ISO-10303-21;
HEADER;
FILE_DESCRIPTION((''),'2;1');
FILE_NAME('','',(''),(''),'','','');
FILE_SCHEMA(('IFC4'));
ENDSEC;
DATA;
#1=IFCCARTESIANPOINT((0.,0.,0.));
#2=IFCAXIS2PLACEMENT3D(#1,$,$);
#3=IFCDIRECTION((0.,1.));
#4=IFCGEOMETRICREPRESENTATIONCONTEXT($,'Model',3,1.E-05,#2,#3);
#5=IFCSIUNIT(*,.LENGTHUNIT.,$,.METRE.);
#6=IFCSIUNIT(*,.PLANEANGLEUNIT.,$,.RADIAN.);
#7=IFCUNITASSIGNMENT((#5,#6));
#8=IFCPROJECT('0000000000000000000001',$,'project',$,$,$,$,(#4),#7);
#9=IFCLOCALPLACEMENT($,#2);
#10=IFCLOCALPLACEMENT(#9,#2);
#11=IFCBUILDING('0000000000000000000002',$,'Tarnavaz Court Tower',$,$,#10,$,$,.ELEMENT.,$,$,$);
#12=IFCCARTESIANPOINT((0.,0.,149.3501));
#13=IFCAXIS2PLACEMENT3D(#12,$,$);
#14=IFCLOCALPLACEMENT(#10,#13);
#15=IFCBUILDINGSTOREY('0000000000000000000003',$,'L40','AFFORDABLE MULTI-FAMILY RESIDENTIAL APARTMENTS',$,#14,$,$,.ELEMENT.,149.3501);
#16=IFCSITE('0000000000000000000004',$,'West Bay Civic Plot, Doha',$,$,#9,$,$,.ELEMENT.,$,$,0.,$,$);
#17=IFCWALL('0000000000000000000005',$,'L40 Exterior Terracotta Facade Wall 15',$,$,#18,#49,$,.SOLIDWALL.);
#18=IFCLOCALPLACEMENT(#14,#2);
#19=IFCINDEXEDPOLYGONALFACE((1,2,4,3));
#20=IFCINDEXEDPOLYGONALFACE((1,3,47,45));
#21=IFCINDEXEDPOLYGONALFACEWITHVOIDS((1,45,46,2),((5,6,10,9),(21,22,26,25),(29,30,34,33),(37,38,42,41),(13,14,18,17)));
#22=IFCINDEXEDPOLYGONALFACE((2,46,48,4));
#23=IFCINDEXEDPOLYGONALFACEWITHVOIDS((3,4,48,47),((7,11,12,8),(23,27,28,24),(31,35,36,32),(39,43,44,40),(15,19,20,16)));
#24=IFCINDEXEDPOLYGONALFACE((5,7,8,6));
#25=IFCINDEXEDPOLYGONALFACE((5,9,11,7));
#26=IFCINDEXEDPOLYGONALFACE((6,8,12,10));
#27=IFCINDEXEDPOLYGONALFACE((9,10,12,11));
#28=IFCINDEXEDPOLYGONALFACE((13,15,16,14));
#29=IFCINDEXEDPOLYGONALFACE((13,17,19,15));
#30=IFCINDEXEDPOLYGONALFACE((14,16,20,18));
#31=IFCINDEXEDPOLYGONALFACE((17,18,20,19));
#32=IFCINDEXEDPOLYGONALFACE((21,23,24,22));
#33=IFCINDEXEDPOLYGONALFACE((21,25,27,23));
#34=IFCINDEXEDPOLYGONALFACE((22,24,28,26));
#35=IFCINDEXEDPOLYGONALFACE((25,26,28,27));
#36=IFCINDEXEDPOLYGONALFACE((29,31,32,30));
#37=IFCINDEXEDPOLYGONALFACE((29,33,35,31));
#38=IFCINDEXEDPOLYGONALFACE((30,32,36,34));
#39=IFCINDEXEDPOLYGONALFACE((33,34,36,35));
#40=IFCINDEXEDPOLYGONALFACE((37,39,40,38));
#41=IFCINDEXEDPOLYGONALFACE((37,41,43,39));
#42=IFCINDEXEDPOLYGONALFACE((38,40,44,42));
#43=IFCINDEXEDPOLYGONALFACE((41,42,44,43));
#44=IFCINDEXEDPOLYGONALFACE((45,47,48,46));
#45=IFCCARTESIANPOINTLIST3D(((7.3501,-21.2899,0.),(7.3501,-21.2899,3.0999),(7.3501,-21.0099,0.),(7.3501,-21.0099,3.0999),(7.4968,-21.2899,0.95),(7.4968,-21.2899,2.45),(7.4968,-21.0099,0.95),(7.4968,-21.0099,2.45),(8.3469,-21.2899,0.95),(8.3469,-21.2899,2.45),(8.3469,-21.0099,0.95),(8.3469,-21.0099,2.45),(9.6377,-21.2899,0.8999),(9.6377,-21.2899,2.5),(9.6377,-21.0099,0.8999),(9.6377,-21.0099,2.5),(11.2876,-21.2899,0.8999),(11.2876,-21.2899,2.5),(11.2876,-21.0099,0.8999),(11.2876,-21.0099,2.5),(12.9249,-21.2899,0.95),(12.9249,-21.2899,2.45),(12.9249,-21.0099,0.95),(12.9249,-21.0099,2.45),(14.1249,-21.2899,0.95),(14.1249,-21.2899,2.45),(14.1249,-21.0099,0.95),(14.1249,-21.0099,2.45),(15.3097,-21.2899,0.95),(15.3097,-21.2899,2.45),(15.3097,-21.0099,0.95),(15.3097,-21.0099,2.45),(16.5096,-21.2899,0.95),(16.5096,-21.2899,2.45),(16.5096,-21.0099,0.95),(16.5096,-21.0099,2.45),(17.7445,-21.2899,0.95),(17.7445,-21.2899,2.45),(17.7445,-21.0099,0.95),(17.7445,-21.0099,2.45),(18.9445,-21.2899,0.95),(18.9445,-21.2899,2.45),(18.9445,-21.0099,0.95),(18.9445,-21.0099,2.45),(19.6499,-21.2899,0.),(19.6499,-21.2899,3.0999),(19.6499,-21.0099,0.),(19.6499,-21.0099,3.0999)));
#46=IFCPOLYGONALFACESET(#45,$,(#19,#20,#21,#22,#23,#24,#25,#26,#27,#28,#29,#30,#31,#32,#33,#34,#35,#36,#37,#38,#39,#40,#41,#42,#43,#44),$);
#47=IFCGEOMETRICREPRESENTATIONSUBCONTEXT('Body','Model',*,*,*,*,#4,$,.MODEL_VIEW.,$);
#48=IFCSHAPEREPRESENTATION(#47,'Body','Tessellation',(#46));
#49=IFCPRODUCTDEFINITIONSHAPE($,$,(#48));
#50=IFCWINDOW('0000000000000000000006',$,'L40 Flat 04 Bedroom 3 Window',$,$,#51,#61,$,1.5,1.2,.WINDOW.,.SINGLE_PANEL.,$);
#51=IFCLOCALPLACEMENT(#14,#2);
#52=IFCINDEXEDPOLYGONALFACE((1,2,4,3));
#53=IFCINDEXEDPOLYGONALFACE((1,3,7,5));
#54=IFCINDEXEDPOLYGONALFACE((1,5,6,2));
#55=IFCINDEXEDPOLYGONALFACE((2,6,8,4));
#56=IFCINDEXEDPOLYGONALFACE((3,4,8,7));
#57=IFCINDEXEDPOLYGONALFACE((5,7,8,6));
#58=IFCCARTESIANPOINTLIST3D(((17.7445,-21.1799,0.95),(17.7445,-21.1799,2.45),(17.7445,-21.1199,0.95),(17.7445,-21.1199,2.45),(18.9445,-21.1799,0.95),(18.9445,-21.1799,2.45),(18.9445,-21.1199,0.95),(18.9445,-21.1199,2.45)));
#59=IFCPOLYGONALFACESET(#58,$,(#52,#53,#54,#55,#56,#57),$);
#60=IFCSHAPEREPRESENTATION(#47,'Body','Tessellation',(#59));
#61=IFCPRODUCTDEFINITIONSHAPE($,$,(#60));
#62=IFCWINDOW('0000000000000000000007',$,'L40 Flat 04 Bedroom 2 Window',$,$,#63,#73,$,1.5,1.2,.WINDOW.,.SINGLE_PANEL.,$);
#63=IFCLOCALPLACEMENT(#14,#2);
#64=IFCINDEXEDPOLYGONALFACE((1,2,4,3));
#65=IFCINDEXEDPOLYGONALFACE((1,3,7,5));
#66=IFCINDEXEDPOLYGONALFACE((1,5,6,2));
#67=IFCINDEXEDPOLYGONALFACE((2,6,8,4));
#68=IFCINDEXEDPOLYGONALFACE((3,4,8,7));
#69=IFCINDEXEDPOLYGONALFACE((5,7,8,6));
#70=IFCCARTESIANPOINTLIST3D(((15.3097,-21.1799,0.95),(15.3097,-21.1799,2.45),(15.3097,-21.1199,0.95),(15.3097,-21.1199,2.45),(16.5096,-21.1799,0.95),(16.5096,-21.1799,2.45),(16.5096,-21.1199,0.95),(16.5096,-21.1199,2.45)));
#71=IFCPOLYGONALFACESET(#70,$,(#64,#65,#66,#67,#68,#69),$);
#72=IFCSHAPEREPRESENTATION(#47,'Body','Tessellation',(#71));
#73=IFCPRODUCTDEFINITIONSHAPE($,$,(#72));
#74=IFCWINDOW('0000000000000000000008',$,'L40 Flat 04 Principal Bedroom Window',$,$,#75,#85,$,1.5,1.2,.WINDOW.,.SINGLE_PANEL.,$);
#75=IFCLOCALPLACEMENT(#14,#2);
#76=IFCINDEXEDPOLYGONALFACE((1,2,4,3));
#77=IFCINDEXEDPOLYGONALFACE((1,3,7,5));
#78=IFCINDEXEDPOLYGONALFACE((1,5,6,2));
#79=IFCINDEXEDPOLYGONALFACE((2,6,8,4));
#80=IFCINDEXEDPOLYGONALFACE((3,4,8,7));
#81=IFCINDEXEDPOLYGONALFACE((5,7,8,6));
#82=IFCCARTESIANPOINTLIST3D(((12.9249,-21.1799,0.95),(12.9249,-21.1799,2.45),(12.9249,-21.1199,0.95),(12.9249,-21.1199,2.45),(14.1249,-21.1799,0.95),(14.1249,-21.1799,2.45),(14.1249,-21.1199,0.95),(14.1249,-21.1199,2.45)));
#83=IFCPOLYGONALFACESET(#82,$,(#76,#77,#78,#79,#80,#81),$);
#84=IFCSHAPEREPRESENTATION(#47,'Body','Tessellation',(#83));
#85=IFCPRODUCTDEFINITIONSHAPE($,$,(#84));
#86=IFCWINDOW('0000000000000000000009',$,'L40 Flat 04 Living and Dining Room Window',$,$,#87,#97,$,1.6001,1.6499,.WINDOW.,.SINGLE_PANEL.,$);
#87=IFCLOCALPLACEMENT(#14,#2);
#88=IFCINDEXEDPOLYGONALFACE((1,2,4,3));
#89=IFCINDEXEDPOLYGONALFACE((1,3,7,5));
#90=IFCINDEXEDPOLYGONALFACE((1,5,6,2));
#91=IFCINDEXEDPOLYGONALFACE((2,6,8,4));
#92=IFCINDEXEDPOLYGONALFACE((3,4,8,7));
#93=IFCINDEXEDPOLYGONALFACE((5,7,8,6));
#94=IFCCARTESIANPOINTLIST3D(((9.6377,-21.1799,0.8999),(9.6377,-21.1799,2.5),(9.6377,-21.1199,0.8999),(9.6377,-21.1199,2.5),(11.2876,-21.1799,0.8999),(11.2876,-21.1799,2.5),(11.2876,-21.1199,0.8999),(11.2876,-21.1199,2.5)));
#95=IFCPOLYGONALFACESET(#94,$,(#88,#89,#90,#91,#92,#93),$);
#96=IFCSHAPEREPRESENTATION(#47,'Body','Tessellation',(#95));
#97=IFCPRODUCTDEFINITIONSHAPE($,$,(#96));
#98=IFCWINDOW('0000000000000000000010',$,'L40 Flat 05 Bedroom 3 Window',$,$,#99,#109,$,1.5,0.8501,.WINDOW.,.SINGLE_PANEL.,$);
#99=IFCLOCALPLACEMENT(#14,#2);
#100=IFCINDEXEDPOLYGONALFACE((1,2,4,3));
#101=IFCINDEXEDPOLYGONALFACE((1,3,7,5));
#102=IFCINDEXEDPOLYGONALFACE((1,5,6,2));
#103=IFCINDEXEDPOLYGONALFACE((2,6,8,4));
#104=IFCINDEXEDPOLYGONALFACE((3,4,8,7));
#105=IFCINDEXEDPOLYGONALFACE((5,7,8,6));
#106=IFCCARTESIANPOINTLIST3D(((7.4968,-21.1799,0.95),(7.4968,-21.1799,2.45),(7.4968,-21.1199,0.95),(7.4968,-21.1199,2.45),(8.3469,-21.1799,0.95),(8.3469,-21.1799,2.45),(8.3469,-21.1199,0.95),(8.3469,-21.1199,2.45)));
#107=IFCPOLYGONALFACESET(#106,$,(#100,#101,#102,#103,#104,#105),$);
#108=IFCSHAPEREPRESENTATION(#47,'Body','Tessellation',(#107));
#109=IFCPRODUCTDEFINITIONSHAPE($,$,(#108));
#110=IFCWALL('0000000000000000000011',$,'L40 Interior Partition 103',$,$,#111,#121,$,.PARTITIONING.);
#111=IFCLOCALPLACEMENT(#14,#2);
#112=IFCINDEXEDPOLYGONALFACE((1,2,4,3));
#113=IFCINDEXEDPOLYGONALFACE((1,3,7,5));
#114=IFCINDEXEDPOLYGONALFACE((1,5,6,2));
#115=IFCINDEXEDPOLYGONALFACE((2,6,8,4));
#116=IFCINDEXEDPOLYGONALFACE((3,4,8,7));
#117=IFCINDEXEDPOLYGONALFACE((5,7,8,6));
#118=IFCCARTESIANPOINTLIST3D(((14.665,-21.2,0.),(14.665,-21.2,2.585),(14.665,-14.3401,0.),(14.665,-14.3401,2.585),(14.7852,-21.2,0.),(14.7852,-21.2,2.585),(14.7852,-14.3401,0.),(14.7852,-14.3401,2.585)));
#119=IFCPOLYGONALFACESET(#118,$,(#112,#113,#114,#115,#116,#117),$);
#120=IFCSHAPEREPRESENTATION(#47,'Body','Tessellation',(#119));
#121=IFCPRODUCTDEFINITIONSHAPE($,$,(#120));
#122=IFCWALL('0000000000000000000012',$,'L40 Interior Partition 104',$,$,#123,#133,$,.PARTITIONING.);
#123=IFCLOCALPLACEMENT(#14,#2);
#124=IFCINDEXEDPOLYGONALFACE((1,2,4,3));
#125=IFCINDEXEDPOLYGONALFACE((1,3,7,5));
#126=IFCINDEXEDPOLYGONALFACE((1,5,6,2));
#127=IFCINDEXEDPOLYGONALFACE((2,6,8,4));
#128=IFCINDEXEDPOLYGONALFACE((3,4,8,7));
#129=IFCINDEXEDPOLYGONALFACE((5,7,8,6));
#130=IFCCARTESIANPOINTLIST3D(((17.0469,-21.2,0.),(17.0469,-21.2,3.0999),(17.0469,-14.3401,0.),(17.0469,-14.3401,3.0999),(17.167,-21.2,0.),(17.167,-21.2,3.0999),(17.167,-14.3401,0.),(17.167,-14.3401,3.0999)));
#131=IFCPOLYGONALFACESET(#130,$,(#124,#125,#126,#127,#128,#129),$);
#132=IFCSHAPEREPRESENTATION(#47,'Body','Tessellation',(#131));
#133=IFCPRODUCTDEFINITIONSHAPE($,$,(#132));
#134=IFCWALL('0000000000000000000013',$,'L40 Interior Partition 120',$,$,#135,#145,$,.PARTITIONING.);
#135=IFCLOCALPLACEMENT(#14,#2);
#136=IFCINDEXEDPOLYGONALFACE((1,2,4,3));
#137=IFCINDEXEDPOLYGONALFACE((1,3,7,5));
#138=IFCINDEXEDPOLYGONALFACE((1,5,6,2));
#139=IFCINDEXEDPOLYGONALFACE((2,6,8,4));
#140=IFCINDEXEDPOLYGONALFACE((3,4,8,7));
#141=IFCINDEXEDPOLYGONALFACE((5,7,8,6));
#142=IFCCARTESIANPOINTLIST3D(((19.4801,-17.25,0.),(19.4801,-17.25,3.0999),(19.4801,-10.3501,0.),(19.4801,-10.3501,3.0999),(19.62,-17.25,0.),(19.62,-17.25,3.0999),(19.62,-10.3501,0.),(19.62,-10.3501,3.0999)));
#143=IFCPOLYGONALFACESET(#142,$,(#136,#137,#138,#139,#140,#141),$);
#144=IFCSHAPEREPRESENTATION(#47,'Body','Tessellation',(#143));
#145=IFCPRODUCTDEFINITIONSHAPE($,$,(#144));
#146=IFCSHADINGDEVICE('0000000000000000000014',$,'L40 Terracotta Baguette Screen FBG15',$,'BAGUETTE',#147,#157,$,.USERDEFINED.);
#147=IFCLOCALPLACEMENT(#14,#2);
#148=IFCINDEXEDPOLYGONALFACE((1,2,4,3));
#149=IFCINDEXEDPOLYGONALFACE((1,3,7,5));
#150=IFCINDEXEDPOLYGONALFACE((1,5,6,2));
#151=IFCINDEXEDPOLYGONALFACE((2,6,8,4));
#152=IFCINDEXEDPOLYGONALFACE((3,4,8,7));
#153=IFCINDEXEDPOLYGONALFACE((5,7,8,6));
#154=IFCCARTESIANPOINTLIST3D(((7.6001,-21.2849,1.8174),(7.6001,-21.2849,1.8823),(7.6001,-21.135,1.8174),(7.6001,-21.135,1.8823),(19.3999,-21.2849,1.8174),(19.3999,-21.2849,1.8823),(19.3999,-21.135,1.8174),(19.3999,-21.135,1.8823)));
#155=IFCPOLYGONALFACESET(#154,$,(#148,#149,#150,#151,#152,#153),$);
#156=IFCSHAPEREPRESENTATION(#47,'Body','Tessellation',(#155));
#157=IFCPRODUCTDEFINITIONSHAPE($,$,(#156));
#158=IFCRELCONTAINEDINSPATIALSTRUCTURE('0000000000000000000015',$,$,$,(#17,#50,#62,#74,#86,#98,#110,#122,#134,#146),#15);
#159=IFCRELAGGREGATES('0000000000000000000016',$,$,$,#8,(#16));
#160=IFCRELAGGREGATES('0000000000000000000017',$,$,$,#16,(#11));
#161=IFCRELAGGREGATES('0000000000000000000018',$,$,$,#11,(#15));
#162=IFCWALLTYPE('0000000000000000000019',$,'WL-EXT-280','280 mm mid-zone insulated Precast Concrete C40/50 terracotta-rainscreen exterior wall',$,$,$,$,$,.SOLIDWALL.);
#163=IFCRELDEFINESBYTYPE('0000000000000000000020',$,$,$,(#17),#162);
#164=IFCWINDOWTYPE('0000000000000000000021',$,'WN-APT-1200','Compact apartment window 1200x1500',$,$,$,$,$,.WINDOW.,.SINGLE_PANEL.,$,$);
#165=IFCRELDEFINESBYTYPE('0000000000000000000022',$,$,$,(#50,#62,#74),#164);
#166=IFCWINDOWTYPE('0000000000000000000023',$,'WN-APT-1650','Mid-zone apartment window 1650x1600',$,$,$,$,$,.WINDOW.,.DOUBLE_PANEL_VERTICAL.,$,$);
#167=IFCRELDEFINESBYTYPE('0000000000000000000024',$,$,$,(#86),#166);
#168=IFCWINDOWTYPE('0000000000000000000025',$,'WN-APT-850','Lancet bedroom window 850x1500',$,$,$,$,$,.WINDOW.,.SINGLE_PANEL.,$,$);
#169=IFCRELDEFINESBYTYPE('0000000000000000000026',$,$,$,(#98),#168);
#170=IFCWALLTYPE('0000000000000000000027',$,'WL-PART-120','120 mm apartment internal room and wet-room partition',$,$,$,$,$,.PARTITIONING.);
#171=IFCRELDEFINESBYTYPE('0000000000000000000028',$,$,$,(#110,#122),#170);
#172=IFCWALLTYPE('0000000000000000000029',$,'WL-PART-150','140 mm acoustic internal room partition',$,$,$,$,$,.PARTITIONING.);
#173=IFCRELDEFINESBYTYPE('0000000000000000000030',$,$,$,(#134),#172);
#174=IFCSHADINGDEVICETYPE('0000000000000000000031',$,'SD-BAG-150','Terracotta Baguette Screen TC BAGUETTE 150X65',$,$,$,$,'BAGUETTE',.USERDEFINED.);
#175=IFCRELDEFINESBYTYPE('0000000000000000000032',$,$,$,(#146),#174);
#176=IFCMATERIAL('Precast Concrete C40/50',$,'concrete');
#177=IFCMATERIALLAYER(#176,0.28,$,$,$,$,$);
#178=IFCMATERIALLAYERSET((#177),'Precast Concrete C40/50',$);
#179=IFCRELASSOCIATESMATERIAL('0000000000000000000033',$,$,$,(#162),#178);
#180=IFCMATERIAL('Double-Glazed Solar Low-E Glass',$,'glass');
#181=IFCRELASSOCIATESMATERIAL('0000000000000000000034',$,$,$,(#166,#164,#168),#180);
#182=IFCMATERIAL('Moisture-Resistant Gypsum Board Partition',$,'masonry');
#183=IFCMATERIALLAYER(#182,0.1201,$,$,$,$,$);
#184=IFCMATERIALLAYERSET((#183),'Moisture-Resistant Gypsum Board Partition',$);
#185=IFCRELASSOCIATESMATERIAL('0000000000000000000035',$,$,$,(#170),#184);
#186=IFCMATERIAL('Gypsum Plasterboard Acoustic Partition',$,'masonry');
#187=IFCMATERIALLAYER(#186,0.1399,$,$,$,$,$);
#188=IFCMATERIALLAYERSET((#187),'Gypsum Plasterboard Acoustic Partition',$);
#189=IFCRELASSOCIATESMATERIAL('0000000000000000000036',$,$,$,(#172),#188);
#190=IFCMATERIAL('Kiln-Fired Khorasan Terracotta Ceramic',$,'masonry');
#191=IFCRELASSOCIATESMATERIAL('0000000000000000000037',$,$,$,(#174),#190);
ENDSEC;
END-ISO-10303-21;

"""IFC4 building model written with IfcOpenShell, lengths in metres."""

from ifc_helpers import new_model, si_unit, direction, frame, frame_2d, origin, origin_2d, place, context, subcontext, project, spatial, rectangle, extrude, material, layer, layer_set, material_profile, profile_set, type_object, element, fill, save


model = new_model("IFC4")

# Units and contexts
model_context = context("Model", 3, precision=1e-05, world=origin(), true_north=direction((0.0, 1.0)))
body_context = subcontext(model_context, "Body", "Model", "MODEL_VIEW")
ifc_project = project(units=[si_unit("LENGTHUNIT", "METRE"), si_unit("PLANEANGLEUNIT", "RADIAN")], contexts=[model_context])

# Site, building, storey
site_placement = place(None, origin())
site = spatial("IfcSite", under=ifc_project, at=site_placement, Name="West Bay Civic Plot, Doha", CompositionType="ELEMENT", RefElevation=0.0)
building_placement = place(site_placement, origin())
building = spatial("IfcBuilding", under=site, at=building_placement, Name="Tarnavaz Court Tower", CompositionType="ELEMENT")
storey_placement = place(building_placement, frame((0.0, 0.0, 149.3501)))
storey = spatial("IfcBuildingStorey", under=building, at=storey_placement, Name="L40", Description="AFFORDABLE MULTI-FAMILY RESIDENTIAL APARTMENTS", CompositionType="ELEMENT", Elevation=149.3501)

# Shared definitions
ifc_material_1 = material(Name="Precast Concrete C40/50", Category="concrete")
ifc_layer_1 = layer(ifc_material_1, 0.28)
ifc_layer_set_1 = layer_set([ifc_layer_1], Name="Precast Concrete C40/50")
wall_type_1 = type_object("IfcWallType", Name="WL-EXT-280", Description="280 mm mid-zone insulated Precast Concrete C40/50 terracotta-rainscreen exterior wall", PredefinedType="SOLIDWALL", material=ifc_layer_set_1)
ifc_material_2 = material(Name="Double-Glazed Solar Low-E Glass", Category="glass")
window_type_1 = type_object("IfcWindowType", Name="WN-APT-1650", Description="Mid-zone apartment window 1650x1600", PartitioningType="DOUBLE_PANEL_VERTICAL", PredefinedType="WINDOW", material=ifc_material_2)

# Wall, openings, windows
wall_1_placement = place(storey_placement, frame((19.6499, -21.1499, 0.0), z_axis=(0.0, 0.0, 1.0), x_axis=(-1.0, 0.0, 0.0)))
wall_1 = element("IfcWall", 1, at=wall_1_placement, inside=storey, type_object=wall_type_1, Name="L40 Exterior Terracotta Facade Wall 15", PredefinedType="SOLIDWALL", context=body_context, shape_type="SweptSolid", body=[
    extrude(rectangle(XDim=12.2998, YDim=0.28, at=frame_2d((6.1499, 0.0))), origin(), (0.0, 0.0, 1.0), 3.0999),
])
opening_1_placement = place(wall_1_placement, frame((0.7053, 0.0, 0.95)))
opening_1 = element("IfcOpeningElement", 2, at=opening_1_placement, cuts=wall_1, PredefinedType="OPENING", context=body_context, shape_type="SweptSolid", body=[
    extrude(rectangle(XDim=1.2, YDim=1.5, at=frame_2d((0.6001, 0.75))), frame((0.0, 0.1499, 0.0), z_axis=(0.0, -1.0, 0.0), x_axis=(1.0, 0.0, 0.0)), (0.0, 0.0, 1.0), 0.3),
])
opening_2_placement = place(wall_1_placement, frame((3.1401, 0.0, 0.95)))
opening_2 = element("IfcOpeningElement", 3, at=opening_2_placement, cuts=wall_1, PredefinedType="OPENING", context=body_context, shape_type="SweptSolid", body=[
    extrude(rectangle(XDim=1.2, YDim=1.5, at=frame_2d((0.6001, 0.75))), frame((0.0, 0.1499, 0.0), z_axis=(0.0, -1.0, 0.0), x_axis=(1.0, 0.0, 0.0)), (0.0, 0.0, 1.0), 0.3),
])
opening_3_placement = place(wall_1_placement, frame((5.5249, 0.0, 0.95)))
opening_3 = element("IfcOpeningElement", 4, at=opening_3_placement, cuts=wall_1, PredefinedType="OPENING", context=body_context, shape_type="SweptSolid", body=[
    extrude(rectangle(XDim=1.2, YDim=1.5, at=frame_2d((0.6001, 0.75))), frame((0.0, 0.1499, 0.0), z_axis=(0.0, -1.0, 0.0), x_axis=(1.0, 0.0, 0.0)), (0.0, 0.0, 1.0), 0.3),
])
opening_4_placement = place(wall_1_placement, frame((8.3623, 0.0, 0.8999)))
opening_4 = element("IfcOpeningElement", 5, at=opening_4_placement, cuts=wall_1, PredefinedType="OPENING", context=body_context, shape_type="SweptSolid", body=[
    extrude(rectangle(XDim=1.6499, YDim=1.6001, at=frame_2d((0.825, 0.8))), frame((0.0, 0.1499, 0.0), z_axis=(0.0, -1.0, 0.0), x_axis=(1.0, 0.0, 0.0)), (0.0, 0.0, 1.0), 0.3),
])
opening_5_placement = place(wall_1_placement, frame((11.303, 0.0, 0.95)))
opening_5 = element("IfcOpeningElement", 6, at=opening_5_placement, cuts=wall_1, PredefinedType="OPENING", context=body_context, shape_type="SweptSolid", body=[
    extrude(rectangle(XDim=0.8501, YDim=1.5, at=frame_2d((0.425, 0.75))), frame((0.0, 0.1499, 0.0), z_axis=(0.0, -1.0, 0.0), x_axis=(1.0, 0.0, 0.0)), (0.0, 0.0, 1.0), 0.3),
])
window_type_2 = type_object("IfcWindowType", Name="WN-APT-1200", Description="Compact apartment window 1200x1500", PartitioningType="SINGLE_PANEL", PredefinedType="WINDOW", material=ifc_material_2)
window_1_placement = place(opening_1_placement, origin())
window_1 = element("IfcWindow", 7, at=window_1_placement, inside=storey, type_object=window_type_2, Name="L40 Flat 04 Bedroom 3 Window", OverallHeight=1.5, OverallWidth=1.2, PartitioningType="SINGLE_PANEL", PredefinedType="WINDOW", context=body_context, shape_type="SweptSolid", body=[
    extrude(rectangle(XDim=1.2, YDim=1.5, at=frame_2d((0.6001, 0.75))), frame((0.0, 0.03, 0.0), z_axis=(0.0, -1.0, 0.0), x_axis=(1.0, 0.0, 0.0)), (0.0, 0.0, 1.0), 0.0601),
])
fill(opening_1, window_1)
window_2_placement = place(opening_2_placement, origin())
window_2 = element("IfcWindow", 8, at=window_2_placement, inside=storey, type_object=window_type_2, Name="L40 Flat 04 Bedroom 2 Window", OverallHeight=1.5, OverallWidth=1.2, PartitioningType="SINGLE_PANEL", PredefinedType="WINDOW", context=body_context, shape_type="SweptSolid", body=[
    extrude(rectangle(XDim=1.2, YDim=1.5, at=frame_2d((0.6001, 0.75))), frame((0.0, 0.03, 0.0), z_axis=(0.0, -1.0, 0.0), x_axis=(1.0, 0.0, 0.0)), (0.0, 0.0, 1.0), 0.0601),
])
fill(opening_2, window_2)
window_3_placement = place(opening_3_placement, origin())
window_3 = element("IfcWindow", 9, at=window_3_placement, inside=storey, type_object=window_type_2, Name="L40 Flat 04 Principal Bedroom Window", OverallHeight=1.5, OverallWidth=1.2, PartitioningType="SINGLE_PANEL", PredefinedType="WINDOW", context=body_context, shape_type="SweptSolid", body=[
    extrude(rectangle(XDim=1.2, YDim=1.5, at=frame_2d((0.6001, 0.75))), frame((0.0, 0.03, 0.0), z_axis=(0.0, -1.0, 0.0), x_axis=(1.0, 0.0, 0.0)), (0.0, 0.0, 1.0), 0.0601),
])
fill(opening_3, window_3)
window_4_placement = place(opening_4_placement, origin())
window_4 = element("IfcWindow", 10, at=window_4_placement, inside=storey, type_object=window_type_1, Name="L40 Flat 04 Living and Dining Room Window", OverallHeight=1.6001, OverallWidth=1.6499, PartitioningType="SINGLE_PANEL", PredefinedType="WINDOW", context=body_context, shape_type="SweptSolid", body=[
    extrude(rectangle(XDim=1.6499, YDim=1.6001, at=frame_2d((0.825, 0.8))), frame((0.0, 0.03, 0.0), z_axis=(0.0, -1.0, 0.0), x_axis=(1.0, 0.0, 0.0)), (0.0, 0.0, 1.0), 0.0601),
])
fill(opening_4, window_4)
window_type_3 = type_object("IfcWindowType", Name="WN-APT-850", Description="Lancet bedroom window 850x1500", PartitioningType="SINGLE_PANEL", PredefinedType="WINDOW", material=ifc_material_2)
window_5_placement = place(opening_5_placement, origin())
window_5 = element("IfcWindow", 11, at=window_5_placement, inside=storey, type_object=window_type_3, Name="L40 Flat 05 Bedroom 3 Window", OverallHeight=1.5, OverallWidth=0.8501, PartitioningType="SINGLE_PANEL", PredefinedType="WINDOW", context=body_context, shape_type="SweptSolid", body=[
    extrude(rectangle(XDim=0.8501, YDim=1.5, at=frame_2d((0.425, 0.75))), frame((0.0, 0.03, 0.0), z_axis=(0.0, -1.0, 0.0), x_axis=(1.0, 0.0, 0.0)), (0.0, 0.0, 1.0), 0.0601),
])
fill(opening_5, window_5)

# Walls
ifc_material_3 = material(Name="Moisture-Resistant Gypsum Board Partition", Category="masonry")
ifc_layer_2 = layer(ifc_material_3, 0.1201)
ifc_layer_set_2 = layer_set([ifc_layer_2], Name="Moisture-Resistant Gypsum Board Partition")
wall_type_2 = type_object("IfcWallType", Name="WL-PART-120", Description="120 mm apartment internal room and wet-room partition", PredefinedType="PARTITIONING", material=ifc_layer_set_2)
wall_2_placement = place(storey_placement, frame((14.7251, -21.2, 0.0), z_axis=(0.0, 0.0, 1.0), x_axis=(0.0, 1.0, 0.0)))
element("IfcWall", 12, at=wall_2_placement, inside=storey, type_object=wall_type_2, Name="L40 Interior Partition 103", PredefinedType="PARTITIONING", context=body_context, shape_type="SweptSolid", body=[
    extrude(rectangle(XDim=6.8599, YDim=0.1201, at=frame_2d((3.4299, 0.0))), origin(), (0.0, 0.0, 1.0), 2.585),
])
wall_3_placement = place(storey_placement, frame((17.1069, -21.2, 0.0), z_axis=(0.0, 0.0, 1.0), x_axis=(0.0, 1.0, 0.0)))
element("IfcWall", 13, at=wall_3_placement, inside=storey, type_object=wall_type_2, Name="L40 Interior Partition 104", PredefinedType="PARTITIONING", context=body_context, shape_type="SweptSolid", body=[
    extrude(rectangle(XDim=6.8599, YDim=0.1201, at=frame_2d((3.4299, 0.0))), origin(), (0.0, 0.0, 1.0), 3.0999),
])
ifc_material_4 = material(Name="Gypsum Plasterboard Acoustic Partition", Category="masonry")
ifc_layer_3 = layer(ifc_material_4, 0.1399)
ifc_layer_set_3 = layer_set([ifc_layer_3], Name="Gypsum Plasterboard Acoustic Partition")
wall_type_3 = type_object("IfcWallType", Name="WL-PART-150", Description="140 mm acoustic internal room partition", PredefinedType="PARTITIONING", material=ifc_layer_set_3)
wall_4_placement = place(storey_placement, frame((19.55, -17.25, 0.0), z_axis=(0.0, 0.0, 1.0), x_axis=(0.0, 1.0, 0.0)))
element("IfcWall", 14, at=wall_4_placement, inside=storey, type_object=wall_type_3, Name="L40 Interior Partition 120", PredefinedType="PARTITIONING", context=body_context, shape_type="SweptSolid", body=[
    extrude(rectangle(XDim=6.8999, YDim=0.1399, at=frame_2d((3.45, 0.0))), origin(), (0.0, 0.0, 1.0), 3.0999),
])

# Shading device
ifc_material_5 = material(Name="Kiln-Fired Khorasan Terracotta Ceramic", Category="masonry")
ifc_material_profile_1 = material_profile(ifc_material_5, rectangle(XDim=0.1499, YDim=0.0649, at=origin_2d()), Name="TC BAGUETTE 150X65")
ifc_profile_set_1 = profile_set([ifc_material_profile_1], Name="Kiln-Fired Khorasan Terracotta Ceramic")
shading_device_type = type_object("IfcShadingDeviceType", Name="SD-BAG-150", Description="Terracotta Baguette Screen TC BAGUETTE 150X65", ElementType="BAGUETTE", PredefinedType="USERDEFINED", material=ifc_profile_set_1)
shading_device_placement = place(storey_placement, frame((19.3999, -21.21, 1.8499), z_axis=(-1.0, 0.0, 0.0), x_axis=(0.0, -1.0, 0.0)))
element("IfcShadingDevice", 15, at=shading_device_placement, inside=storey, type_object=shading_device_type, Name="L40 Terracotta Baguette Screen FBG15", ObjectType="BAGUETTE", PredefinedType="USERDEFINED", context=body_context, shape_type="SweptSolid", body=[
    extrude(rectangle(XDim=0.1499, YDim=0.0649, at=origin_2d()), origin(), (0.0, 0.0, 1.0), 11.7998),
])

save(model, "model.ifc")
